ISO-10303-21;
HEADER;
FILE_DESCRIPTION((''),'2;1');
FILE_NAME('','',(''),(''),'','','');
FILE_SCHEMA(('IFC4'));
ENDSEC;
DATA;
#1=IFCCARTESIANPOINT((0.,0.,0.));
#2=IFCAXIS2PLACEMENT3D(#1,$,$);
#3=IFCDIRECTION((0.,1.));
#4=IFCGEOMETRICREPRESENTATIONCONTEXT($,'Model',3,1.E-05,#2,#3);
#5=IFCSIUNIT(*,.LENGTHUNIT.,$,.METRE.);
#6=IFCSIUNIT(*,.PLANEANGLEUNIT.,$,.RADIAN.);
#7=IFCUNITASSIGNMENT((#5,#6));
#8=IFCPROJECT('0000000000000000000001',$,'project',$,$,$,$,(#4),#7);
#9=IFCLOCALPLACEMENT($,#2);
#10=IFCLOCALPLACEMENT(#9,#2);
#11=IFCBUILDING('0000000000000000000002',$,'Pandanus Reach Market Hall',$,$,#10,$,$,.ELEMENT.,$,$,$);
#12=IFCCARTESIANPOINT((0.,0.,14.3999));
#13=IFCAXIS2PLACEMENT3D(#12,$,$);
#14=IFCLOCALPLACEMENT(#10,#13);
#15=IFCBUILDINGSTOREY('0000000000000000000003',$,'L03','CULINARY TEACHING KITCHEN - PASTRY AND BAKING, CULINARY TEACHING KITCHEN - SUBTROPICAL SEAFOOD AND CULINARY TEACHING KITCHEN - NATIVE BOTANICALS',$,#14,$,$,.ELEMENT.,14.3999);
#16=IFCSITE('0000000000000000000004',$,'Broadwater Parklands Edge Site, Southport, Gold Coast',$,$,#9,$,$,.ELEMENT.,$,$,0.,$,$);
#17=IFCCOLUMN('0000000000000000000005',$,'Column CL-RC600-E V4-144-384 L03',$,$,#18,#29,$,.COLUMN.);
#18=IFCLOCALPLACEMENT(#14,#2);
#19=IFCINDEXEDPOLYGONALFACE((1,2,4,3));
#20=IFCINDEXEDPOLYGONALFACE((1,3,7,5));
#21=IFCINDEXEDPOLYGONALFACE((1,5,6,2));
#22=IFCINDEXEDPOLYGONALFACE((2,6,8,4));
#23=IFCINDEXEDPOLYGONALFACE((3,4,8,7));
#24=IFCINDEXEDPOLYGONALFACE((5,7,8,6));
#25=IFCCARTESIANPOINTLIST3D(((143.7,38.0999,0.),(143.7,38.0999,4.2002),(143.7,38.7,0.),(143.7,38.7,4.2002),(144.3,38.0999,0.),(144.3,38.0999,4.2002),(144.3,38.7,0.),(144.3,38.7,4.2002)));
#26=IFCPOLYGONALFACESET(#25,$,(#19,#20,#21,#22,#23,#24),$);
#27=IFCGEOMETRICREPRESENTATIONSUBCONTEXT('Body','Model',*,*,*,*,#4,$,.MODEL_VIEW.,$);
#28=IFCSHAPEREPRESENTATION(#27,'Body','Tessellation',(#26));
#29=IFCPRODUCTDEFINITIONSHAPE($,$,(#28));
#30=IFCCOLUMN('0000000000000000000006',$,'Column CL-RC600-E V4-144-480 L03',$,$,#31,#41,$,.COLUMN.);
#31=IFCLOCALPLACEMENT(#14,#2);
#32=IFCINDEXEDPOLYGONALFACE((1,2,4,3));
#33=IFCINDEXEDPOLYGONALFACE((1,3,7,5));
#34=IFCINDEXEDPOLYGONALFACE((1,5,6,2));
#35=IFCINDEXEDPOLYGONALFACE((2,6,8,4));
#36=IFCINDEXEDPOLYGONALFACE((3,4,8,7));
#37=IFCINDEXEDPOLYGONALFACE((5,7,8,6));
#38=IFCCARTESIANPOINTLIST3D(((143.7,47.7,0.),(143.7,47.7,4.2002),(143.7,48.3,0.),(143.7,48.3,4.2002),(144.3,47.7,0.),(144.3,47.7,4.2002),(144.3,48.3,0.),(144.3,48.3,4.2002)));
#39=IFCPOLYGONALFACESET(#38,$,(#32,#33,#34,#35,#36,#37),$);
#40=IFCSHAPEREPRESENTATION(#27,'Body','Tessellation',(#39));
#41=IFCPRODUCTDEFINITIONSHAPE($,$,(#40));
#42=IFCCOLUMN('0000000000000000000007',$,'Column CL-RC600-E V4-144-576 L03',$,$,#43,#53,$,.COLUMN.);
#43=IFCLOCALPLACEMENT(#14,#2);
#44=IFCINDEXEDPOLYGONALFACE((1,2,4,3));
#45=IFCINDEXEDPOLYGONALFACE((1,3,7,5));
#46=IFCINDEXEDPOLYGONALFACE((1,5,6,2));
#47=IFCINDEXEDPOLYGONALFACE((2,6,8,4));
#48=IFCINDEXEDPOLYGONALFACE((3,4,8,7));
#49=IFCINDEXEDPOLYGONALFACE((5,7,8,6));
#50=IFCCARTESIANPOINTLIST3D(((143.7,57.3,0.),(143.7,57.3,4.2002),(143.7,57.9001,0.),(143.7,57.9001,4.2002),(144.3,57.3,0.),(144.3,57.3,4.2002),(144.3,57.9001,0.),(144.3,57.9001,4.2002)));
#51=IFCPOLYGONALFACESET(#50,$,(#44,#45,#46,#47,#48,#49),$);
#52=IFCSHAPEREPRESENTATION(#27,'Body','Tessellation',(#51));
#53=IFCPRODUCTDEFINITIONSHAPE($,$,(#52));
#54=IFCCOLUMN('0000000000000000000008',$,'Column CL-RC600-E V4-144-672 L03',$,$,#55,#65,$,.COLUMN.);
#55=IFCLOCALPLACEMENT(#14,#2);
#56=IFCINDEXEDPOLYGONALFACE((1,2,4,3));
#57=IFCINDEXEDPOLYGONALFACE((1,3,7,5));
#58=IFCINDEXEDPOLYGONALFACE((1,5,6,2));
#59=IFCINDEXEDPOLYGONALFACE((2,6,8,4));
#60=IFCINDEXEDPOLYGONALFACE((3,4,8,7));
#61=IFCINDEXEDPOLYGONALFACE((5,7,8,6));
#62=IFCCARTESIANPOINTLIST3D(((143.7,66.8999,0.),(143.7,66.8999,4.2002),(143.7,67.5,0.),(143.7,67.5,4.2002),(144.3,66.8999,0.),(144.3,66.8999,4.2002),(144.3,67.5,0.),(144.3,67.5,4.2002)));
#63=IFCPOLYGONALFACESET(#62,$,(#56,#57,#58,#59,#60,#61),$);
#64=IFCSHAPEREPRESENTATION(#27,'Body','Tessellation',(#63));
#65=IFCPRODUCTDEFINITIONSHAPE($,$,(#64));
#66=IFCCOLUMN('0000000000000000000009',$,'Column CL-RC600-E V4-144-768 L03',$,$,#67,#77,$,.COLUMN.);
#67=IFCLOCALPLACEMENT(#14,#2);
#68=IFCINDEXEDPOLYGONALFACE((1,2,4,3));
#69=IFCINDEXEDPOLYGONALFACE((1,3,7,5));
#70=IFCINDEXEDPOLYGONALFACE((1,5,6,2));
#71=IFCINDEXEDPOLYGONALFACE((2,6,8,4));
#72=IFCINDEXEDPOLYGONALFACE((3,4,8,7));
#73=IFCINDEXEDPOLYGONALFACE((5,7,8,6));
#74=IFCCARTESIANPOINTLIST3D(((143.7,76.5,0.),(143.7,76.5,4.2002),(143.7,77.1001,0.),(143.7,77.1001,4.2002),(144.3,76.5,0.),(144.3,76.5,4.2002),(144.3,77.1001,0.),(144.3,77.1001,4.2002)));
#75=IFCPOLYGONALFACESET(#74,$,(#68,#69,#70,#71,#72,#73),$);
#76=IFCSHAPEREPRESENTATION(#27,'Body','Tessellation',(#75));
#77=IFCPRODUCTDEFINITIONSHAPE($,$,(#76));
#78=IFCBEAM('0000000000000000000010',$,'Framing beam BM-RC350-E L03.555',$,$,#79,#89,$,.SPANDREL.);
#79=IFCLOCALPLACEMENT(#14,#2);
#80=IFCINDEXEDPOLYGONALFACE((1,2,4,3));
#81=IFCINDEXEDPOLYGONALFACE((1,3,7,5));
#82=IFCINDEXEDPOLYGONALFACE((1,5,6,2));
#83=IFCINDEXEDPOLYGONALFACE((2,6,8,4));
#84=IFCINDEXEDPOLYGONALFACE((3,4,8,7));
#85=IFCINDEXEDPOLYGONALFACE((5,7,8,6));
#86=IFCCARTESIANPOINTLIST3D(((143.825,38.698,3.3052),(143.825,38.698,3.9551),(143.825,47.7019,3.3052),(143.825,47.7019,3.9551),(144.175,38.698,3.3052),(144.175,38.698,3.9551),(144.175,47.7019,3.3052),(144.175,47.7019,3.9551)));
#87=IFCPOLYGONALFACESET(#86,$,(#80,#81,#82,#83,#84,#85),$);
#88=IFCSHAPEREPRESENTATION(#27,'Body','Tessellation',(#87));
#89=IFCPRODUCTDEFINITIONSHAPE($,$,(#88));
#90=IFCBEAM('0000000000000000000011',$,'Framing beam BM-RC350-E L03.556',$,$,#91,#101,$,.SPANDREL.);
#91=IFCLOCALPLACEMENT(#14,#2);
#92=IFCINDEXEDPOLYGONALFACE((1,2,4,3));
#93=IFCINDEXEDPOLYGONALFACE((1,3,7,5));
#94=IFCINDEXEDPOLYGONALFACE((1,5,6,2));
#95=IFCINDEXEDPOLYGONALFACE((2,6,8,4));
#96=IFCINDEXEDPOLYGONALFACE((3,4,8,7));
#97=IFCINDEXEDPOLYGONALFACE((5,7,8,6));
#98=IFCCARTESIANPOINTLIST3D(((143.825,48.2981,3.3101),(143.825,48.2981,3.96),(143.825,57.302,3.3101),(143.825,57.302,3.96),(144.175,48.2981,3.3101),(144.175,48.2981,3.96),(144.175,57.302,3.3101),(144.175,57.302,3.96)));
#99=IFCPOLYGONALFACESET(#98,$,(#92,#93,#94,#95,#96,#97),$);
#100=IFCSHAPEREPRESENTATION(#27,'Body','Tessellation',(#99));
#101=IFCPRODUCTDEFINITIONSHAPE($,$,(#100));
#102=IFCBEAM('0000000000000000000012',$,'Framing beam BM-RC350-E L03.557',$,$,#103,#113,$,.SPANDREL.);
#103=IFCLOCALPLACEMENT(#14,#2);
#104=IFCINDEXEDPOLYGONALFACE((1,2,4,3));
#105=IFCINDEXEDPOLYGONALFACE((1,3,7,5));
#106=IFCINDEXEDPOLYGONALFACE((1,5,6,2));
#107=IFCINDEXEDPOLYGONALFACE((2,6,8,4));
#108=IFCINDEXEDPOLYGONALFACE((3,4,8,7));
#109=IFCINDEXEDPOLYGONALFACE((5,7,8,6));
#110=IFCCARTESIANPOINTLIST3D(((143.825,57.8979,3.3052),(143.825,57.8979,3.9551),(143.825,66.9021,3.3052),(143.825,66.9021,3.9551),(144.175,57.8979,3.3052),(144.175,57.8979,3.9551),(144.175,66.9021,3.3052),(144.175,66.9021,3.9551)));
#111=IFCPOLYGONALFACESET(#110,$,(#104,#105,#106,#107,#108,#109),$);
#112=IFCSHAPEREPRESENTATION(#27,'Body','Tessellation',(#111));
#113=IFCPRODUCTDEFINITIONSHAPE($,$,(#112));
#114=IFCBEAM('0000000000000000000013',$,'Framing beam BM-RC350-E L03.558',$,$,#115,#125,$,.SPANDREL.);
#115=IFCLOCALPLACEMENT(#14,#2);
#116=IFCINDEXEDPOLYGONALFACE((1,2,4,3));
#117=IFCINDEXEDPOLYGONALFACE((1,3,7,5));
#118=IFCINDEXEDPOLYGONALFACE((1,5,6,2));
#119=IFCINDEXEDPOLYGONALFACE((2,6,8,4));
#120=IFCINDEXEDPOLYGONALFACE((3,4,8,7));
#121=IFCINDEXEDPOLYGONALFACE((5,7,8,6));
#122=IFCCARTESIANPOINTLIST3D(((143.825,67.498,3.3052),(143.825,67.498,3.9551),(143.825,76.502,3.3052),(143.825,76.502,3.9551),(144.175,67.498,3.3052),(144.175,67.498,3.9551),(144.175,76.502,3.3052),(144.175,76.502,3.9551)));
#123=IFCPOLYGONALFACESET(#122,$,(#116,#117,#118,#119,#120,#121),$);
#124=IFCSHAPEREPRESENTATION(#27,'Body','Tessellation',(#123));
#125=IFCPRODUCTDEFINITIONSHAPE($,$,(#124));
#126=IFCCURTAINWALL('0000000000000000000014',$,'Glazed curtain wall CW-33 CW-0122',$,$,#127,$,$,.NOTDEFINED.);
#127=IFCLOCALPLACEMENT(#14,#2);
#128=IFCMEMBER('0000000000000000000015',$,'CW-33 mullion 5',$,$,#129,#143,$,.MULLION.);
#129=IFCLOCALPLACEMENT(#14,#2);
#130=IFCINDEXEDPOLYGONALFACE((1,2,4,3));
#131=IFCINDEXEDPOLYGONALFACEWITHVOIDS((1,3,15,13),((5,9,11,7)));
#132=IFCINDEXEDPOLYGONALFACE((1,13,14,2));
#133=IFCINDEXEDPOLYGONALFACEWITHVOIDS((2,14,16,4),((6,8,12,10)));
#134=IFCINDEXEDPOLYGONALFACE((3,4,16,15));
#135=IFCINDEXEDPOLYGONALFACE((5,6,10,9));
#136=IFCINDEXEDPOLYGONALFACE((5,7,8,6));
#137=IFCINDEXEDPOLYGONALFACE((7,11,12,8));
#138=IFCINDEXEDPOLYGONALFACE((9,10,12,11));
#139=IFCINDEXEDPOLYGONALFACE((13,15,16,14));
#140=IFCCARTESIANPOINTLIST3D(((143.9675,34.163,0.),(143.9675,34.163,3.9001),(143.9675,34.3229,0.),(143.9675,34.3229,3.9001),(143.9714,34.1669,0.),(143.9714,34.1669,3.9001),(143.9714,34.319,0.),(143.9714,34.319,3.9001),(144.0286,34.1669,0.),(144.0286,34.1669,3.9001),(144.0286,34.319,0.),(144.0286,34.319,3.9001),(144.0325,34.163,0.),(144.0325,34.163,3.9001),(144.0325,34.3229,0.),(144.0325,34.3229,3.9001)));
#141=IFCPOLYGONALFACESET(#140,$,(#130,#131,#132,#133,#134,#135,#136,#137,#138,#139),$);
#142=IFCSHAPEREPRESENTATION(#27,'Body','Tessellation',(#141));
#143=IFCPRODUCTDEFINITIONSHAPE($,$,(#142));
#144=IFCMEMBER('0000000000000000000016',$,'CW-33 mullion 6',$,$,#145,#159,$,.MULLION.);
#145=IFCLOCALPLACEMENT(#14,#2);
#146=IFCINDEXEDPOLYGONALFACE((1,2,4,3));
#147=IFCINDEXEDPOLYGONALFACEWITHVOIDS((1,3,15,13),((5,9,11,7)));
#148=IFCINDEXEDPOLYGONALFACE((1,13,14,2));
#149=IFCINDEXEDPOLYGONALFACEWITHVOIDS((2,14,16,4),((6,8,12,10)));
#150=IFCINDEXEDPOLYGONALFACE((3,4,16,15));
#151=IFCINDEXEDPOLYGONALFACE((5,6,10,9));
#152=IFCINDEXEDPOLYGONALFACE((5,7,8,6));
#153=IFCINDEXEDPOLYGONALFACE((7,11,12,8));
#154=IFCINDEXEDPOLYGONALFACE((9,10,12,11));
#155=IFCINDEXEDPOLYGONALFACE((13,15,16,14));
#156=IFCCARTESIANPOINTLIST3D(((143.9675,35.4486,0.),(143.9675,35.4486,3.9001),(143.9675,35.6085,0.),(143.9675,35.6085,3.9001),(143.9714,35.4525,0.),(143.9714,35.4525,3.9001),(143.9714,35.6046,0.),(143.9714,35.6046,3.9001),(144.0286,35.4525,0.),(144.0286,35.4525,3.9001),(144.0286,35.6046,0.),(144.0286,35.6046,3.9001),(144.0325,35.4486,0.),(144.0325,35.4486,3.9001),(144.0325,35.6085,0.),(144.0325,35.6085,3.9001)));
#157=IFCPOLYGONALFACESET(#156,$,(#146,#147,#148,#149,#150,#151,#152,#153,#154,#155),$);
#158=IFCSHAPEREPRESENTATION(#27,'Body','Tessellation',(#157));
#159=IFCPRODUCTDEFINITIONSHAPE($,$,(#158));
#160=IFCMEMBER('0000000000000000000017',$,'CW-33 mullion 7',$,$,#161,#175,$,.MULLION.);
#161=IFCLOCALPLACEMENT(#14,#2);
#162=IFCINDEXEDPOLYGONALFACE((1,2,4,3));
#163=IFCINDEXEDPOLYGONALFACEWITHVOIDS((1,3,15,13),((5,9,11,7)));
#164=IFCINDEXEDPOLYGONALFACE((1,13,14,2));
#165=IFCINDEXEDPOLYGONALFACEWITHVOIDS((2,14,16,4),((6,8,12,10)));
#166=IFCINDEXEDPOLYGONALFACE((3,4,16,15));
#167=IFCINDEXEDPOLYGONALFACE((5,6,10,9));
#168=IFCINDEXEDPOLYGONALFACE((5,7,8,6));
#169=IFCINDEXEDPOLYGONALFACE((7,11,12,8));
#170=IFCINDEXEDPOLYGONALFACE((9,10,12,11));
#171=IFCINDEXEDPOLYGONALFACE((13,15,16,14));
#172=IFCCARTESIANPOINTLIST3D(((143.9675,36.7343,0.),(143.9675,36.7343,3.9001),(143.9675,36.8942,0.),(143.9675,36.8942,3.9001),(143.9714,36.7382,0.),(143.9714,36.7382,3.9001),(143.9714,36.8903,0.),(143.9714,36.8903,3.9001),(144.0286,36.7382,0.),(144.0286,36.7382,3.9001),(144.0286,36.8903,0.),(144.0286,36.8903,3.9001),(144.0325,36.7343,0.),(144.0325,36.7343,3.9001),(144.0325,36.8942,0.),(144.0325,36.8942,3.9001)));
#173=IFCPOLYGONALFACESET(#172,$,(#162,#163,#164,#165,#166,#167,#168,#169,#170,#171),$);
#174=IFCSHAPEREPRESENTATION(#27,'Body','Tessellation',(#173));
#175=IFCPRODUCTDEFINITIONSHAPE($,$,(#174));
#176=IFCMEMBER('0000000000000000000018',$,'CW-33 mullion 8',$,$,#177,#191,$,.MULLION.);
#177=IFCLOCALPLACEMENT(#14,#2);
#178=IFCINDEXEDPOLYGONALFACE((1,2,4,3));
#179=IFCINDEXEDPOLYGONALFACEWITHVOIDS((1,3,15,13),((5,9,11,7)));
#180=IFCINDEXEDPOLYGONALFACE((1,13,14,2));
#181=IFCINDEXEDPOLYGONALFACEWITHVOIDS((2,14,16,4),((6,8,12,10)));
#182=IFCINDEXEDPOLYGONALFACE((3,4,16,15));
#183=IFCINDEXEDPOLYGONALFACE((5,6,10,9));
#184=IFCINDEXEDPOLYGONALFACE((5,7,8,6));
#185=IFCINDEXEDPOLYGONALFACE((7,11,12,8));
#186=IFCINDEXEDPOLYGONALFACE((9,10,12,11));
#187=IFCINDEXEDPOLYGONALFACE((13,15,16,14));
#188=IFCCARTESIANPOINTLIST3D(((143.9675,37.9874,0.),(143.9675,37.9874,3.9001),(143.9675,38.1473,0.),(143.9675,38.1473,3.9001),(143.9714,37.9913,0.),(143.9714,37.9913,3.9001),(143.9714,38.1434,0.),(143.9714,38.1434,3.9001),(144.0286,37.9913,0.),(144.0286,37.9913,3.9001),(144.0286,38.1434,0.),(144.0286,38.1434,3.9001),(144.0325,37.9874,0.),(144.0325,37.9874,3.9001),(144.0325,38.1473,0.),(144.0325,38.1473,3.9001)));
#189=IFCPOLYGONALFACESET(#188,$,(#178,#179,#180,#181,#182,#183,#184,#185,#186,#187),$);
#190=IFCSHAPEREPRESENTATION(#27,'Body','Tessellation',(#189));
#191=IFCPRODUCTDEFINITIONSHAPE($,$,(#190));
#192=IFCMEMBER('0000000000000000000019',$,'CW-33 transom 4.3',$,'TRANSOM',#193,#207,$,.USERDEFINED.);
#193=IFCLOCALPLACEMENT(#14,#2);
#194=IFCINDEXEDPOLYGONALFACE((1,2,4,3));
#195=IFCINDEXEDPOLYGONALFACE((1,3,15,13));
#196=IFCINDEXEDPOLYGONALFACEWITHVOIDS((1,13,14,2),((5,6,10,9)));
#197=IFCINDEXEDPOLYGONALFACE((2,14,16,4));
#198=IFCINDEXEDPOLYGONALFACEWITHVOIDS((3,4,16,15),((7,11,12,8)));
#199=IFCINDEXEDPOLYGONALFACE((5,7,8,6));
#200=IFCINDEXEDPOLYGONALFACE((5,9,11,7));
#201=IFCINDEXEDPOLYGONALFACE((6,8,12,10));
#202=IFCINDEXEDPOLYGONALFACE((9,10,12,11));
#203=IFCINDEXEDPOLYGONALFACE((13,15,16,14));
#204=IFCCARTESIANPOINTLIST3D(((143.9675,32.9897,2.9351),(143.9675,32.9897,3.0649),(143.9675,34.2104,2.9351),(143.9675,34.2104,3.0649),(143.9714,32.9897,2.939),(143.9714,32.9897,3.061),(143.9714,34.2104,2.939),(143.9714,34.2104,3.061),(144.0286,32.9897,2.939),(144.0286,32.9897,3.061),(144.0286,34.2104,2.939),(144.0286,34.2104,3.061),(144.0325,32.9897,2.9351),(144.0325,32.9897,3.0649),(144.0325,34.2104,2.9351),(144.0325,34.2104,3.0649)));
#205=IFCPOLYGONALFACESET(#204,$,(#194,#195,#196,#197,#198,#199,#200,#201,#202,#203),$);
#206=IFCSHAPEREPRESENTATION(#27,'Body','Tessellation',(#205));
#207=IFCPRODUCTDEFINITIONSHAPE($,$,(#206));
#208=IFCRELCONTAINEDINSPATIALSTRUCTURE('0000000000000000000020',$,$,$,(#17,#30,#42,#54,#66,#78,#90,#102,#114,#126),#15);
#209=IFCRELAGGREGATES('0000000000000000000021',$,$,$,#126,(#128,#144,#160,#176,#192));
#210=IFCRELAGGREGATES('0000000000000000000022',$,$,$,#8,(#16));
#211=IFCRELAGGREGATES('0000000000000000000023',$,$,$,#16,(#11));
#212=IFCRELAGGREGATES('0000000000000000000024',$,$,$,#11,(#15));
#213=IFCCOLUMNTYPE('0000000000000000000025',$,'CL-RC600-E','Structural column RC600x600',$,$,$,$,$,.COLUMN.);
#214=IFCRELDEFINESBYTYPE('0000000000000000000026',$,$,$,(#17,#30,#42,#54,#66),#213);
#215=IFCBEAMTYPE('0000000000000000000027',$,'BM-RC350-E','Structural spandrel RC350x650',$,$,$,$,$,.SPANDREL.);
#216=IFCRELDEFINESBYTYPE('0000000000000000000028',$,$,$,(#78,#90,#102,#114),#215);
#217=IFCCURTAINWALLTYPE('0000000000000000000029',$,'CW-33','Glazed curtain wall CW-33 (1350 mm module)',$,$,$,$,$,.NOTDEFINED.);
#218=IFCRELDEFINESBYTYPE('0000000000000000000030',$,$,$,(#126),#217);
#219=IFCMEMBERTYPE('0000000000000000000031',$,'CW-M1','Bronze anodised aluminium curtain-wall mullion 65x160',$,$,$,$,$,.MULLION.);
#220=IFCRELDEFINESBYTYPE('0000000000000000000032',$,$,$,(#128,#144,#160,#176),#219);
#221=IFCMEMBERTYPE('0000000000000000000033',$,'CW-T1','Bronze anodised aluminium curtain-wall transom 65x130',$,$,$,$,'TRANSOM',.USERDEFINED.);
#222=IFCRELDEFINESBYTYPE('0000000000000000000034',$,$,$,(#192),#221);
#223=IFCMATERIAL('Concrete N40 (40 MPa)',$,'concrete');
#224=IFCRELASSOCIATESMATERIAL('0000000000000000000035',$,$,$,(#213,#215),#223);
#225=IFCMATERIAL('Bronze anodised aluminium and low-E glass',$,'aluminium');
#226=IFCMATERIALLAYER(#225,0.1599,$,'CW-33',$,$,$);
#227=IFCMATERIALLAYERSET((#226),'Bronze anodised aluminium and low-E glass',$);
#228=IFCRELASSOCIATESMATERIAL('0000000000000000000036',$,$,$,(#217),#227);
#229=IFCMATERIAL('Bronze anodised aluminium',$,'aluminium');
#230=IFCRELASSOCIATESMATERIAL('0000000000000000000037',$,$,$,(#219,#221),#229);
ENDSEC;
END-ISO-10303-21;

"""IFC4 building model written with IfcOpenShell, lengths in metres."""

from ifc_helpers import new_model, si_unit, direction, frame, origin, origin_2d, place, context, subcontext, project, spatial, rectangle, hollow_rectangle, extrude, material, layer, layer_set, material_profile, profile_set, type_object, element, aggregate, save


model = new_model("IFC4")

# Units and contexts
model_context = context("Model", 3, precision=1e-05, world=origin(), true_north=direction((0.0, 1.0)))
body_context = subcontext(model_context, "Body", "Model", "MODEL_VIEW")
ifc_project = project(units=[si_unit("LENGTHUNIT", "METRE"), si_unit("PLANEANGLEUNIT", "RADIAN")], contexts=[model_context])

# Site, building, storey
site_placement = place(None, origin())
site = spatial("IfcSite", under=ifc_project, at=site_placement, Name="Broadwater Parklands Edge Site, Southport, Gold Coast", CompositionType="ELEMENT", RefElevation=0.0)
building_placement = place(site_placement, origin())
building = spatial("IfcBuilding", under=site, at=building_placement, Name="Pandanus Reach Market Hall", CompositionType="ELEMENT")
storey_placement = place(building_placement, frame((0.0, 0.0, 14.3999)))
storey = spatial("IfcBuildingStorey", under=building, at=storey_placement, Name="L03", Description="CULINARY TEACHING KITCHEN - PASTRY AND BAKING, CULINARY TEACHING KITCHEN - SUBTROPICAL SEAFOOD AND CULINARY TEACHING KITCHEN - NATIVE BOTANICALS", CompositionType="ELEMENT", Elevation=14.3999)

# Columns
ifc_material_1 = material(Name="Concrete N40 (40 MPa)", Category="concrete")
ifc_material_profile_1 = material_profile(ifc_material_1, rectangle(XDim=0.6001, YDim=0.6001, at=origin_2d()), Name="RC600x600", Category="LoadBearing")
ifc_profile_set_1 = profile_set([ifc_material_profile_1], Name="Concrete N40 (40 MPa)")
column_type = type_object("IfcColumnType", Name="CL-RC600-E", Description="Structural column RC600x600", PredefinedType="COLUMN", material=ifc_profile_set_1)
for number, where, z_axis, x_axis, name in (
    (1, (144.0, 38.3999, 0.0), (0.0, 0.0, 1.0), (1.0, 0.0, 0.0), "Column CL-RC600-E V4-144-384 L03"),
    (2, (144.0, 48.0, 0.0), (0.0, 0.0, 1.0), (1.0, 0.0, 0.0), "Column CL-RC600-E V4-144-480 L03"),
    (3, (144.0, 57.6001, 0.0), (0.0, 0.0, 1.0), (1.0, 0.0, 0.0), "Column CL-RC600-E V4-144-576 L03"),
    (4, (144.0, 67.2, 0.0), (0.0, 0.0, 1.0), (1.0, 0.0, 0.0), "Column CL-RC600-E V4-144-672 L03"),
    (5, (144.0, 76.8, 0.0), (0.0, 0.0, 1.0), (1.0, 0.0, 0.0), "Column CL-RC600-E V4-144-768 L03"),
):
    element("IfcColumn", number, at=place(storey_placement, frame(where, z_axis=z_axis, x_axis=x_axis)), inside=storey, type_object=column_type, Name=name, PredefinedType="COLUMN", context=body_context, shape_type="SweptSolid", body=[
        extrude(rectangle(XDim=0.6001, YDim=0.6001, at=origin_2d()), origin(), (0.0, 0.0, 1.0), 4.2002),
    ])

# Beams
ifc_material_profile_2 = material_profile(ifc_material_1, rectangle(XDim=0.3501, YDim=0.6499, at=origin_2d()), Name="RC350x650", Category="LoadBearing")
ifc_profile_set_2 = profile_set([ifc_material_profile_2], Name="Concrete N40 (40 MPa)")
beam_type = type_object("IfcBeamType", Name="BM-RC350-E", Description="Structural spandrel RC350x650", PredefinedType="SPANDREL", material=ifc_profile_set_2)
for number, where, z_axis, x_axis, name in (
    (6, (144.0, 38.698, 3.6301), (0.0, 1.0, 0.0), (-1.0, 0.0, 0.0), "Framing beam BM-RC350-E L03.555"),
    (7, (144.0, 48.2981, 3.635), (0.0, 1.0, 0.0), (-1.0, 0.0, 0.0), "Framing beam BM-RC350-E L03.556"),
):
    element("IfcBeam", number, at=place(storey_placement, frame(where, z_axis=z_axis, x_axis=x_axis)), inside=storey, type_object=beam_type, Name=name, PredefinedType="SPANDREL", context=body_context, shape_type="SweptSolid", body=[
        extrude(rectangle(XDim=0.3501, YDim=0.6499, at=origin_2d()), origin(), (0.0, 0.0, 1.0), 9.0039),
    ])
beam_1_placement = place(storey_placement, frame((144.0, 57.8979, 3.6301), z_axis=(0.0, 1.0, 0.0), x_axis=(-1.0, 0.0, 0.0)))
element("IfcBeam", 8, at=beam_1_placement, inside=storey, type_object=beam_type, Name="Framing beam BM-RC350-E L03.557", PredefinedType="SPANDREL", context=body_context, shape_type="SweptSolid", body=[
    extrude(rectangle(XDim=0.3501, YDim=0.6499, at=origin_2d()), origin(), (0.0, 0.0, 1.0), 9.0042),
])
beam_2_placement = place(storey_placement, frame((144.0, 67.498, 3.6301), z_axis=(0.0, 1.0, 0.0), x_axis=(-1.0, 0.0, 0.0)))
element("IfcBeam", 9, at=beam_2_placement, inside=storey, type_object=beam_type, Name="Framing beam BM-RC350-E L03.558", PredefinedType="SPANDREL", context=body_context, shape_type="SweptSolid", body=[
    extrude(rectangle(XDim=0.3501, YDim=0.6499, at=origin_2d()), origin(), (0.0, 0.0, 1.0), 9.0039),
])

# Curtain wall, members
ifc_material_2 = material(Name="Bronze anodised aluminium and low-E glass", Category="aluminium")
ifc_layer_1 = layer(ifc_material_2, 0.1599, Name="CW-33")
ifc_layer_set_1 = layer_set([ifc_layer_1], Name="Bronze anodised aluminium and low-E glass")
curtain_wall_type = type_object("IfcCurtainWallType", Name="CW-33", Description="Glazed curtain wall CW-33 (1350 mm module)", PredefinedType="NOTDEFINED", material=ifc_layer_set_1)
curtain_wall_placement = place(storey_placement, origin())
curtain_wall = element("IfcCurtainWall", 10, at=curtain_wall_placement, inside=storey, type_object=curtain_wall_type, Name="Glazed curtain wall CW-33 CW-0122", PredefinedType="NOTDEFINED")
ifc_material_3 = material(Name="Bronze anodised aluminium", Category="aluminium")
ifc_material_profile_3 = material_profile(ifc_material_3, hollow_rectangle(XDim=0.0649, YDim=0.1599, WallThickness=0.0039, at=origin_2d()), Name="ALU65x160", Category="LoadBearing")
ifc_profile_set_3 = profile_set([ifc_material_profile_3], Name="Bronze anodised aluminium")
member_type_1 = type_object("IfcMemberType", Name="CW-M1", Description="Bronze anodised aluminium curtain-wall mullion 65x160", PredefinedType="MULLION", material=ifc_profile_set_3)
member_1_placement = place(storey_placement, frame((144.0, 34.2429, 0.0), z_axis=(0.0, 0.0, 1.0), x_axis=(-1.0, 0.0, 0.0)))
member_1 = element("IfcMember", 11, at=member_1_placement, type_object=member_type_1, Name="CW-33 mullion 5", PredefinedType="MULLION", context=body_context, shape_type="SweptSolid", body=[
    extrude(hollow_rectangle(XDim=0.0649, YDim=0.1599, WallThickness=0.0039, at=origin_2d()), origin(), (0.0, 0.0, 1.0), 3.9001),
])
member_2_placement = place(storey_placement, frame((144.0, 35.5286, 0.0), z_axis=(0.0, 0.0, 1.0), x_axis=(-1.0, 0.0, 0.0)))
member_2 = element("IfcMember", 12, at=member_2_placement, type_object=member_type_1, Name="CW-33 mullion 6", PredefinedType="MULLION", context=body_context, shape_type="SweptSolid", body=[
    extrude(hollow_rectangle(XDim=0.0649, YDim=0.1599, WallThickness=0.0039, at=origin_2d()), origin(), (0.0, 0.0, 1.0), 3.9001),
])
member_3_placement = place(storey_placement, frame((144.0, 36.8142, 0.0), z_axis=(0.0, 0.0, 1.0), x_axis=(-1.0, 0.0, 0.0)))
member_3 = element("IfcMember", 13, at=member_3_placement, type_object=member_type_1, Name="CW-33 mullion 7", PredefinedType="MULLION", context=body_context, shape_type="SweptSolid", body=[
    extrude(hollow_rectangle(XDim=0.0649, YDim=0.1599, WallThickness=0.0039, at=origin_2d()), origin(), (0.0, 0.0, 1.0), 3.9001),
])
member_4_placement = place(storey_placement, frame((144.0, 38.0674, 0.0), z_axis=(0.0, 0.0, 1.0), x_axis=(-1.0, 0.0, 0.0)))
member_4 = element("IfcMember", 14, at=member_4_placement, type_object=member_type_1, Name="CW-33 mullion 8", PredefinedType="MULLION", context=body_context, shape_type="SweptSolid", body=[
    extrude(hollow_rectangle(XDim=0.0649, YDim=0.1599, WallThickness=0.0039, at=origin_2d()), origin(), (0.0, 0.0, 1.0), 3.9001),
])
ifc_material_profile_4 = material_profile(ifc_material_3, hollow_rectangle(XDim=0.0649, YDim=0.1299, WallThickness=0.0039, at=origin_2d()), Name="ALU65x130", Category="LoadBearing")
ifc_profile_set_4 = profile_set([ifc_material_profile_4], Name="Bronze anodised aluminium")
member_type_2 = type_object("IfcMemberType", Name="CW-T1", Description="Bronze anodised aluminium curtain-wall transom 65x130", ElementType="TRANSOM", PredefinedType="USERDEFINED", material=ifc_profile_set_4)
member_5_placement = place(storey_placement, frame((144.0, 32.9897, 3.0), z_axis=(0.0, 1.0, 0.0), x_axis=(-1.0, 0.0, 0.0)))
member_5 = element("IfcMember", 15, at=member_5_placement, type_object=member_type_2, Name="CW-33 transom 4.3", ObjectType="TRANSOM", PredefinedType="USERDEFINED", context=body_context, shape_type="SweptSolid", body=[
    extrude(hollow_rectangle(XDim=0.0649, YDim=0.1299, WallThickness=0.0039, at=origin_2d()), origin(), (0.0, 0.0, 1.0), 1.2207),
])
aggregate(curtain_wall, [member_1, member_2, member_3, member_4, member_5])

save(model, "model.ifc")
